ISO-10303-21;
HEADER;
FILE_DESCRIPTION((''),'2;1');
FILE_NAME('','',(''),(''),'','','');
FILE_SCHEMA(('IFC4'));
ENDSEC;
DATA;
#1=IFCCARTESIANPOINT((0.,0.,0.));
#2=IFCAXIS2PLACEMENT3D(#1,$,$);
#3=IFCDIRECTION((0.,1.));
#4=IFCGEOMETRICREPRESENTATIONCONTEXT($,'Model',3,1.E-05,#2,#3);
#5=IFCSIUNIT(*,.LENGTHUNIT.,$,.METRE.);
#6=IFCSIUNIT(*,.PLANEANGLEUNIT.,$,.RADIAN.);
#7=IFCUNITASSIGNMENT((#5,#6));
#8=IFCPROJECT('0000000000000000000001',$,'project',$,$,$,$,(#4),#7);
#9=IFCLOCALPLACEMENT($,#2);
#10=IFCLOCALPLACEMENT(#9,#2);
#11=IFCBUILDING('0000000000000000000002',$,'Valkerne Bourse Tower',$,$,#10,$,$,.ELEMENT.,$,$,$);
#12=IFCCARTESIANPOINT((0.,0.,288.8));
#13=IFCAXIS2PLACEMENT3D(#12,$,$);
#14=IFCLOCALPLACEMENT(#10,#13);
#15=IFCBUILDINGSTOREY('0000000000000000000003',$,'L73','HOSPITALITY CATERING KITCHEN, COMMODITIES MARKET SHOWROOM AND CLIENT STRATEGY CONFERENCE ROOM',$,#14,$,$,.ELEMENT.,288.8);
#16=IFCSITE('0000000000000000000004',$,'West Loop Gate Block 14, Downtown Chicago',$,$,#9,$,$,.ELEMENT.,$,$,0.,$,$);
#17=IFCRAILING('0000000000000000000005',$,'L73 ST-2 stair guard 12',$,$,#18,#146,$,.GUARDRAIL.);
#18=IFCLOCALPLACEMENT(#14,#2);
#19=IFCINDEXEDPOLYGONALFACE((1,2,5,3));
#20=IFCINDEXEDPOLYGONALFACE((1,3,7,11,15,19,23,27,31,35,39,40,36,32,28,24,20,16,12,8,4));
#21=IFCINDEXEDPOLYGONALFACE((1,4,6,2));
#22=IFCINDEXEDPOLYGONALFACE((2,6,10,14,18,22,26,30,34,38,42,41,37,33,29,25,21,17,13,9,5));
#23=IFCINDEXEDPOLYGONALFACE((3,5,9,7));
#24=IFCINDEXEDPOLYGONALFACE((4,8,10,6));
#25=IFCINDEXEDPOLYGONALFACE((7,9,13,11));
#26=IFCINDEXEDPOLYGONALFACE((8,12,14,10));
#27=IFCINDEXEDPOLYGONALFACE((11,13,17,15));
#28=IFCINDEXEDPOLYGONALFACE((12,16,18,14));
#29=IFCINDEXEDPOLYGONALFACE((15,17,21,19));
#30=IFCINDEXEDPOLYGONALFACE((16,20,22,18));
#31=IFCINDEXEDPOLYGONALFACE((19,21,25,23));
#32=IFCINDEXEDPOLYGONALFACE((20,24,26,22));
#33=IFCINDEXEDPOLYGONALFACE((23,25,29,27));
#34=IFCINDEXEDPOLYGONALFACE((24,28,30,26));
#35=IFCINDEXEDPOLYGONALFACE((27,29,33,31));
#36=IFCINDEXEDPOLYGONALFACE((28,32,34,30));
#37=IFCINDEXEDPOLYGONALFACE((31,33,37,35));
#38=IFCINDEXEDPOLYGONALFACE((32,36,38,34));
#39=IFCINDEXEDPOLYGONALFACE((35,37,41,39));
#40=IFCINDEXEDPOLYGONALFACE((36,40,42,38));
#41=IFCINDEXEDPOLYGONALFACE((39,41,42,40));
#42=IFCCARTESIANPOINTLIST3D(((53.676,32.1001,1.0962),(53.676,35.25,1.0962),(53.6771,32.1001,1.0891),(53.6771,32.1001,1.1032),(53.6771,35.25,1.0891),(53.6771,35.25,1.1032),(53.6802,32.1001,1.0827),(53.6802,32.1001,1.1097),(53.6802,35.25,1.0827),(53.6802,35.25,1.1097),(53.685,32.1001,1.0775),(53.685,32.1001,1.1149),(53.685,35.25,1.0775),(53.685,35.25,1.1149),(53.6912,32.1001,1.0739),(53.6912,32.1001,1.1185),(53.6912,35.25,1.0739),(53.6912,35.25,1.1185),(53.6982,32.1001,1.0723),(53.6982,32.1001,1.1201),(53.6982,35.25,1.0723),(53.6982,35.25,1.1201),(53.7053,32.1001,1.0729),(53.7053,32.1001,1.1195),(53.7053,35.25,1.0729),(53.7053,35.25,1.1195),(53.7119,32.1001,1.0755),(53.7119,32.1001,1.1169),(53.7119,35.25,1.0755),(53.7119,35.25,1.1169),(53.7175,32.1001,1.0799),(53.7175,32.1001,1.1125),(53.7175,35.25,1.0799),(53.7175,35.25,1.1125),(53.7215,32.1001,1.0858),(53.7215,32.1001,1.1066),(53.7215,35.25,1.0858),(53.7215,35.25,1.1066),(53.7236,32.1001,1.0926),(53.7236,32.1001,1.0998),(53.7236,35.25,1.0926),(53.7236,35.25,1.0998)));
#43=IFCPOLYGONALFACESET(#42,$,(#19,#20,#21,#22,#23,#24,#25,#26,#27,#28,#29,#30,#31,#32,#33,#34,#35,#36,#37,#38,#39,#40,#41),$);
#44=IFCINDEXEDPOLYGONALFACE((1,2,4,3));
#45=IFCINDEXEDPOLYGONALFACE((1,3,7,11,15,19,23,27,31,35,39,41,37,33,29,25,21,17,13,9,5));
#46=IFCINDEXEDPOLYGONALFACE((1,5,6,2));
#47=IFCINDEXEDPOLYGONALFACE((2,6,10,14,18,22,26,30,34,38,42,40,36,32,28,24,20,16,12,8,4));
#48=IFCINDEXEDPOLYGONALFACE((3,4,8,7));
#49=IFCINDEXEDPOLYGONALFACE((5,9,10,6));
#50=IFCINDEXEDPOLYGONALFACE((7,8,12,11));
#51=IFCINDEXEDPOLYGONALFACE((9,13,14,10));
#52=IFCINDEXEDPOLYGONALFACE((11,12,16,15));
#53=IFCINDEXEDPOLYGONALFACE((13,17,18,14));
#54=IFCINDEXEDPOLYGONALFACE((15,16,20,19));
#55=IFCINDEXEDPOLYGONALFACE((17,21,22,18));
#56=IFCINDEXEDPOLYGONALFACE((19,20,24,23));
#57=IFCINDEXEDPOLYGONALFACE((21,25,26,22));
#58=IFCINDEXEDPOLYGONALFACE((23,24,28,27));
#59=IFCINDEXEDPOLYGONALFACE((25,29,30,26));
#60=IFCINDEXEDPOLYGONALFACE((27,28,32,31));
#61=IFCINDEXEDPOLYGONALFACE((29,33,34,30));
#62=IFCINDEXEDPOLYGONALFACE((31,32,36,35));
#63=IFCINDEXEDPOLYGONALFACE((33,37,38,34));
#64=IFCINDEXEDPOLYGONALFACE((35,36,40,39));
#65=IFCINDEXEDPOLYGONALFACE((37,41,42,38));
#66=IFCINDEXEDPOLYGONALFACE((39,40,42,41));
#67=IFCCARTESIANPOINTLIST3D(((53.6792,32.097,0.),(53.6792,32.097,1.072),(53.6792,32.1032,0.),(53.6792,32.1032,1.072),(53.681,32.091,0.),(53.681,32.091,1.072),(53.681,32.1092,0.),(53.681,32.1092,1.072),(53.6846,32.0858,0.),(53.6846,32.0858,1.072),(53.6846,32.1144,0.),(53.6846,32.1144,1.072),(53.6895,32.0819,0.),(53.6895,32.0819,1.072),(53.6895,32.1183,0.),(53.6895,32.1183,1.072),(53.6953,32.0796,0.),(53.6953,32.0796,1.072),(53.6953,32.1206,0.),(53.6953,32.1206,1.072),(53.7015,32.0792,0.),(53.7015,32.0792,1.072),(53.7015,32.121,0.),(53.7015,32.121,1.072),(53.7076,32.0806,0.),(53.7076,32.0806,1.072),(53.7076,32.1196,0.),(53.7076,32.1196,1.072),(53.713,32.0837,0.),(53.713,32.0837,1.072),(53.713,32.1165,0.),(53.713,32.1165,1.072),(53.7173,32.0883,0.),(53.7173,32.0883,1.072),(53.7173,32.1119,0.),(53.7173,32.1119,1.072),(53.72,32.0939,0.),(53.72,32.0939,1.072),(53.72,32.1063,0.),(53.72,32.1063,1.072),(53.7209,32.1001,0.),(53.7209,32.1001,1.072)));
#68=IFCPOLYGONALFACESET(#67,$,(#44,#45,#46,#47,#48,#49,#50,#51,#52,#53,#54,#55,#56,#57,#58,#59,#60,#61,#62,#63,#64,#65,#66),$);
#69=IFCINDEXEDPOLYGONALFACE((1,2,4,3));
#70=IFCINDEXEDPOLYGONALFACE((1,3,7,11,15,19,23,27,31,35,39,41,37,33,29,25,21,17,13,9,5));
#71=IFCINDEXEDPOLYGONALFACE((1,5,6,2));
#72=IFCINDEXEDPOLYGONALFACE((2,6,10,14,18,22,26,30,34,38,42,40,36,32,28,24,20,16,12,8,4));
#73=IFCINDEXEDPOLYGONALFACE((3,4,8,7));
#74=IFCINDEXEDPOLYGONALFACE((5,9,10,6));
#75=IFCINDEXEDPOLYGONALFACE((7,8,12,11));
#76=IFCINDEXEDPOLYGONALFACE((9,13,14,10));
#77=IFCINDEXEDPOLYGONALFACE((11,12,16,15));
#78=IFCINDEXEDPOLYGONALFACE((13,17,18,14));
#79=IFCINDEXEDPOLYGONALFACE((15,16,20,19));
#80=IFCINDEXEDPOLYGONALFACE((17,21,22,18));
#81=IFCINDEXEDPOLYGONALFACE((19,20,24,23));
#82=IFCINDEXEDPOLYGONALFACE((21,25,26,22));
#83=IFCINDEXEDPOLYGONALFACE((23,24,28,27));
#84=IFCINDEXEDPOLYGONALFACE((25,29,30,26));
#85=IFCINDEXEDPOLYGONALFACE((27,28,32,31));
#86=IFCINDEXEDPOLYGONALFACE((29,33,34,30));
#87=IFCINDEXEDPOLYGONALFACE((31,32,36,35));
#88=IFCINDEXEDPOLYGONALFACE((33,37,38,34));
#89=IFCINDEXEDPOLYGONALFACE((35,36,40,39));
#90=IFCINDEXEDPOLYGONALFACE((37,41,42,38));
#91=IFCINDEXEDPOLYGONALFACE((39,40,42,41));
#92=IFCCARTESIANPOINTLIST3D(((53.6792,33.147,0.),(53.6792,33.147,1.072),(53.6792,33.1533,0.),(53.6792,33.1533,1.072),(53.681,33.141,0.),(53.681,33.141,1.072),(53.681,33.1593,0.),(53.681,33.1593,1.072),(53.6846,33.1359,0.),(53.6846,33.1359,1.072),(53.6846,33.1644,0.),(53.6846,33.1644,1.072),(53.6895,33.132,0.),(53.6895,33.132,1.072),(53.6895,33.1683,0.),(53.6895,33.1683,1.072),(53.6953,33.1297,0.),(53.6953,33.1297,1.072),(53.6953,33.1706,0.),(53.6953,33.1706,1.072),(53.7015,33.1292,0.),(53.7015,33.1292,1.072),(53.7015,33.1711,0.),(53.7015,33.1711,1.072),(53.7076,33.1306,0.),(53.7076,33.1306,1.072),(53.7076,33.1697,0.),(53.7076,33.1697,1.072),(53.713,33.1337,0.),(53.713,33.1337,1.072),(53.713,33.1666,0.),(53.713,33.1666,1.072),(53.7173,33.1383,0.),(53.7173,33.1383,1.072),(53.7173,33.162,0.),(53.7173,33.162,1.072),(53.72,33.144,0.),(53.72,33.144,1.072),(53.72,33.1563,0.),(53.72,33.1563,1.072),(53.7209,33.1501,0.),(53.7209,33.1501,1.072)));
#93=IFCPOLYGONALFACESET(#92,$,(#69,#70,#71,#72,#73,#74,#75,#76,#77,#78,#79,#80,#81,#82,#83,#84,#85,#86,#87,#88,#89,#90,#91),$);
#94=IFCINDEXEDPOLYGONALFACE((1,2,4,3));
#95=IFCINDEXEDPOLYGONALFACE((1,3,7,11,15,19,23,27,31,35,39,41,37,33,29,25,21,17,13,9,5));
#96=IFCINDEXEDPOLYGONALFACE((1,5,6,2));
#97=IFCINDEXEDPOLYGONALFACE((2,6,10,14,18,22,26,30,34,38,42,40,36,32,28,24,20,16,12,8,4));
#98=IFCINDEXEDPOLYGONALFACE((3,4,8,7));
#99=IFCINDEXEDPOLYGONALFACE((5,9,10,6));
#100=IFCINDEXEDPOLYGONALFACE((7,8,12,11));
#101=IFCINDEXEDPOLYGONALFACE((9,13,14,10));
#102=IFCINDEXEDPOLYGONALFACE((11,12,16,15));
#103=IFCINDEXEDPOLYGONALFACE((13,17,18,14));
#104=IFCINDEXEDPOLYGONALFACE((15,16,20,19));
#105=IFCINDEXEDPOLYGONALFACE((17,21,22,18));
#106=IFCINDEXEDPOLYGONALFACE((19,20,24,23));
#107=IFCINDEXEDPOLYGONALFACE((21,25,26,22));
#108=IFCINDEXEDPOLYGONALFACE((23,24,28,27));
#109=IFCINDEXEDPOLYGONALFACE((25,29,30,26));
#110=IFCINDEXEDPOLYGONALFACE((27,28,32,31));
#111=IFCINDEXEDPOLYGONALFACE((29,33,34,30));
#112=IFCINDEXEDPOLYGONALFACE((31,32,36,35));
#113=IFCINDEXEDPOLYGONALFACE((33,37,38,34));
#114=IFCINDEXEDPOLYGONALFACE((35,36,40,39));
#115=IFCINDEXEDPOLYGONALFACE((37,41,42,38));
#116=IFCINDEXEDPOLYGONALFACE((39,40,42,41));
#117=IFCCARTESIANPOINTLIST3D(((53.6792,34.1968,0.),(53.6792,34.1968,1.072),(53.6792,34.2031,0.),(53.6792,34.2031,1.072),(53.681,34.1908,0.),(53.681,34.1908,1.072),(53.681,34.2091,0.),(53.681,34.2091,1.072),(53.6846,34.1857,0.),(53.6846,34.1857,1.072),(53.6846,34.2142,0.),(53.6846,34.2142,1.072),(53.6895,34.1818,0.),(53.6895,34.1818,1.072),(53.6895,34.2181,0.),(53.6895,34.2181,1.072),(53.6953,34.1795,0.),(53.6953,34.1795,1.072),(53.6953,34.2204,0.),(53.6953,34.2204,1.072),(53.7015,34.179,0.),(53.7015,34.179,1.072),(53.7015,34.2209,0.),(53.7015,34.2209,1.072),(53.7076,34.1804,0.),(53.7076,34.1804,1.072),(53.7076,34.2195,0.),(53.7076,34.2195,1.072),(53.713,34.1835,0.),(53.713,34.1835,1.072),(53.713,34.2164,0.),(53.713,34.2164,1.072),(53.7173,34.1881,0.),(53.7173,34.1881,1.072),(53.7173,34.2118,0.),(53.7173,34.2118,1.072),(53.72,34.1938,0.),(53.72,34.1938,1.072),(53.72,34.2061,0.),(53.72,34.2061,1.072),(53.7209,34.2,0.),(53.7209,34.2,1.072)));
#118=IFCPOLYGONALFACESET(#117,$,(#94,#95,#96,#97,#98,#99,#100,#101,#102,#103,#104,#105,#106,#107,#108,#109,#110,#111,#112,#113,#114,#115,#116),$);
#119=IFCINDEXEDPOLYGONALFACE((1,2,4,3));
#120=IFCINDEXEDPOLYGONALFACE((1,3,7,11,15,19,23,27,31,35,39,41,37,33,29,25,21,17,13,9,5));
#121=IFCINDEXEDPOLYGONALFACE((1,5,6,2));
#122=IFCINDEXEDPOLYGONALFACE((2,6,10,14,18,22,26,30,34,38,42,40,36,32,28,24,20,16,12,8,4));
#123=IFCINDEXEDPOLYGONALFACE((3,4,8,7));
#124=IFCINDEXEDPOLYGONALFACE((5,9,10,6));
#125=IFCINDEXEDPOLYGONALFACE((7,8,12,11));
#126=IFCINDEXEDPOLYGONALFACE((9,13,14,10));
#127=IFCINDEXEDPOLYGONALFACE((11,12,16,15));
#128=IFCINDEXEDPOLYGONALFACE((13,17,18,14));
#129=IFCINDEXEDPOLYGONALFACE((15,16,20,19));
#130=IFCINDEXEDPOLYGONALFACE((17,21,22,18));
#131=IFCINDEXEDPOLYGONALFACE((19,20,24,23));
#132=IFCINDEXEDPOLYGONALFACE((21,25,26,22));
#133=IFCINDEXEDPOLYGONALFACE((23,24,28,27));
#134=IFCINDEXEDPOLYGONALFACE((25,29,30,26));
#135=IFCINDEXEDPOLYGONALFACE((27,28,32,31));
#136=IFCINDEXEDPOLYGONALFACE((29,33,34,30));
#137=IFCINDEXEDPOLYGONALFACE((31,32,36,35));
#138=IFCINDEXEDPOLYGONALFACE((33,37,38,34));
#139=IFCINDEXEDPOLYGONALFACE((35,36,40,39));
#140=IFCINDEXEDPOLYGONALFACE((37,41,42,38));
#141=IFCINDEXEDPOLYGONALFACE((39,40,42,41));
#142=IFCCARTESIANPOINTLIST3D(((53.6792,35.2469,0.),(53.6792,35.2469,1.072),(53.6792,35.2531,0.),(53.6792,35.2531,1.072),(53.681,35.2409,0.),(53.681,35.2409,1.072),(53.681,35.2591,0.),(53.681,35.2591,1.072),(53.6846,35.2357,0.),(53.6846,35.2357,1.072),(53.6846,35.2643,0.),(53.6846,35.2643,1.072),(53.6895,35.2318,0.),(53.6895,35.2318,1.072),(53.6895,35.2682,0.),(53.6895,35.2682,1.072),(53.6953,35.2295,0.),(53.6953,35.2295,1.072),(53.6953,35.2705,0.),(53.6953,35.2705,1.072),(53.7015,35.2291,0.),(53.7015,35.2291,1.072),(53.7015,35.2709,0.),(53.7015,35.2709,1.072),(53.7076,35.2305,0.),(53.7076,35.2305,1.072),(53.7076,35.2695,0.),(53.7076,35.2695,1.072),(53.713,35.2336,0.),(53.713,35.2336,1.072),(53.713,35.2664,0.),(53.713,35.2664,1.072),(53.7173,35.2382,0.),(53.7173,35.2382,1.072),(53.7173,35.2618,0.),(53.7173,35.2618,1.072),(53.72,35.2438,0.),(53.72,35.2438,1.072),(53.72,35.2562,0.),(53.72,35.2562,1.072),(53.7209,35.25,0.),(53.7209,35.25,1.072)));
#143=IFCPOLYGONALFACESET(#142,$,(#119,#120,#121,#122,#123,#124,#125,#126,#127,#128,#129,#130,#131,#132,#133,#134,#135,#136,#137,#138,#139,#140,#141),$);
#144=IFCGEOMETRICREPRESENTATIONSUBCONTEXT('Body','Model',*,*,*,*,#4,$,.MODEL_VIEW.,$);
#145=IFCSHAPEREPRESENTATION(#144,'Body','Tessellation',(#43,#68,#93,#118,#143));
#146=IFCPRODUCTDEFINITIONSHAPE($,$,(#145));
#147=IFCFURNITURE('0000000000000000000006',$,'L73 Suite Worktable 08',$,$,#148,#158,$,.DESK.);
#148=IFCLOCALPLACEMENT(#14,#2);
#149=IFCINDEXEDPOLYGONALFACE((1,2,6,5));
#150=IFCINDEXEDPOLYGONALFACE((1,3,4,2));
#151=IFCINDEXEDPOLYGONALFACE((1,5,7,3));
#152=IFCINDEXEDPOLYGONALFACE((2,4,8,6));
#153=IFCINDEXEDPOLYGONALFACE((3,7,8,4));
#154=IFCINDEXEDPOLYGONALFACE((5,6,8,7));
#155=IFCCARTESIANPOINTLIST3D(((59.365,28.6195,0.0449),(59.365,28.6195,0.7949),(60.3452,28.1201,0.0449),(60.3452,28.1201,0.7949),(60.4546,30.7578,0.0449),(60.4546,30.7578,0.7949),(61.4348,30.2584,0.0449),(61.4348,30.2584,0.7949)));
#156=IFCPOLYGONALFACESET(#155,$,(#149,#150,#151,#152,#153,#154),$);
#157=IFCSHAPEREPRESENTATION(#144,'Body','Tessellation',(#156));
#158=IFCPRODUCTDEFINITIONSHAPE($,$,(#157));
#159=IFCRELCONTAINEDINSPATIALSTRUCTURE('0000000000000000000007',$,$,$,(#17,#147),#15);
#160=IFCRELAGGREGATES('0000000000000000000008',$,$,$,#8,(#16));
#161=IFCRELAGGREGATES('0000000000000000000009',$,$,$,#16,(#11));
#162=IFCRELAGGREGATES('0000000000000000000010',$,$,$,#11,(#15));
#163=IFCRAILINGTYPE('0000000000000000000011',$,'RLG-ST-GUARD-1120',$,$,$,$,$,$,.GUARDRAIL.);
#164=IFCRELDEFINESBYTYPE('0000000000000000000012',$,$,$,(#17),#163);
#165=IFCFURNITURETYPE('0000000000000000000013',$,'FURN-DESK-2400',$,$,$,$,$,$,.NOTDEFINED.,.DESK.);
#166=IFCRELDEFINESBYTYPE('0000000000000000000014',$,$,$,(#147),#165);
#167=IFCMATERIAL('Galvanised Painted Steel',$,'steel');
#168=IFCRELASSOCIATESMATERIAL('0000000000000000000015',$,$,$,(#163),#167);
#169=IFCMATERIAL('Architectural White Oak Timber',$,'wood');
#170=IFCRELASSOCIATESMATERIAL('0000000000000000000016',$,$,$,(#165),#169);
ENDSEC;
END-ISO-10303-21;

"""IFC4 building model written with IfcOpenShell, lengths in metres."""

from ifc_helpers import new_model, si_unit, direction, frame, origin, origin_2d, place, context, subcontext, project, spatial, rectangle, circle, extrude, material, type_object, element, save


model = new_model("IFC4")

# Units and contexts
model_context = context("Model", 3, precision=1e-05, world=origin(), true_north=direction((0.0, 1.0)))
body_context = subcontext(model_context, "Body", "Model", "MODEL_VIEW")
ifc_project = project(units=[si_unit("LENGTHUNIT", "METRE"), si_unit("PLANEANGLEUNIT", "RADIAN")], contexts=[model_context])

# Site, building, storey
site_placement = place(None, origin())
site = spatial("IfcSite", under=ifc_project, at=site_placement, Name="West Loop Gate Block 14, Downtown Chicago", CompositionType="ELEMENT", RefElevation=0.0)
building_placement = place(site_placement, origin())
building = spatial("IfcBuilding", under=site, at=building_placement, Name="Valkerne Bourse Tower", CompositionType="ELEMENT")
storey_placement = place(building_placement, frame((0.0, 0.0, 288.8)))
storey = spatial("IfcBuildingStorey", under=building, at=storey_placement, Name="L73", Description="HOSPITALITY CATERING KITCHEN, COMMODITIES MARKET SHOWROOM AND CLIENT STRATEGY CONFERENCE ROOM", CompositionType="ELEMENT", Elevation=288.8)

# Railing
ifc_material_1 = material(Name="Galvanised Painted Steel", Category="steel")
railing_type = type_object("IfcRailingType", Name="RLG-ST-GUARD-1120", PredefinedType="GUARDRAIL", material=ifc_material_1)
railing_1_placement = place(storey_placement, frame((53.7, 32.1001, 0.0)))
element("IfcRailing", 1, at=railing_1_placement, inside=storey, type_object=railing_type, Name="L73 ST-2 stair guard 12", PredefinedType="GUARDRAIL", context=body_context, shape_type="SweptSolid", body=[
    extrude(circle(Radius=0.0239, at=origin_2d()), frame((0.0, 0.0, 1.0962), z_axis=(0.0, 1.0, 0.0), x_axis=(-1.0, 0.0, 0.0)), (0.0, 0.0, 1.0), 3.1499),
    extrude(circle(Radius=0.021, at=origin_2d()), origin(), (0.0, 0.0, 1.0), 1.072),
    extrude(circle(Radius=0.021, at=origin_2d()), frame((0.0, 1.05, 0.0)), (0.0, 0.0, 1.0), 1.072),
    extrude(circle(Radius=0.021, at=origin_2d()), frame((0.0, 2.0999, 0.0)), (0.0, 0.0, 1.0), 1.072),
    extrude(circle(Radius=0.021, at=origin_2d()), frame((0.0, 3.1499, 0.0)), (0.0, 0.0, 1.0), 1.072),
])

# Furniture
ifc_material_2 = material(Name="Architectural White Oak Timber", Category="wood")
furniture_type = type_object("IfcFurnitureType", Name="FURN-DESK-2400", AssemblyPlace="NOTDEFINED", PredefinedType="DESK", material=ifc_material_2)
furniture_placement = place(storey_placement, frame((60.3999, 29.439, 0.0449), z_axis=(0.0, 0.0, 1.0), x_axis=(0.45399, 0.891007, 0.0)))
element("IfcFurniture", 2, at=furniture_placement, inside=storey, type_object=furniture_type, Name="L73 Suite Worktable 08", PredefinedType="DESK", context=body_context, shape_type="SweptSolid", body=[
    extrude(rectangle(XDim=2.3999, YDim=1.1001, at=origin_2d()), origin(), (0.0, 0.0, 1.0), 0.75),
])

save(model, "model.ifc")
